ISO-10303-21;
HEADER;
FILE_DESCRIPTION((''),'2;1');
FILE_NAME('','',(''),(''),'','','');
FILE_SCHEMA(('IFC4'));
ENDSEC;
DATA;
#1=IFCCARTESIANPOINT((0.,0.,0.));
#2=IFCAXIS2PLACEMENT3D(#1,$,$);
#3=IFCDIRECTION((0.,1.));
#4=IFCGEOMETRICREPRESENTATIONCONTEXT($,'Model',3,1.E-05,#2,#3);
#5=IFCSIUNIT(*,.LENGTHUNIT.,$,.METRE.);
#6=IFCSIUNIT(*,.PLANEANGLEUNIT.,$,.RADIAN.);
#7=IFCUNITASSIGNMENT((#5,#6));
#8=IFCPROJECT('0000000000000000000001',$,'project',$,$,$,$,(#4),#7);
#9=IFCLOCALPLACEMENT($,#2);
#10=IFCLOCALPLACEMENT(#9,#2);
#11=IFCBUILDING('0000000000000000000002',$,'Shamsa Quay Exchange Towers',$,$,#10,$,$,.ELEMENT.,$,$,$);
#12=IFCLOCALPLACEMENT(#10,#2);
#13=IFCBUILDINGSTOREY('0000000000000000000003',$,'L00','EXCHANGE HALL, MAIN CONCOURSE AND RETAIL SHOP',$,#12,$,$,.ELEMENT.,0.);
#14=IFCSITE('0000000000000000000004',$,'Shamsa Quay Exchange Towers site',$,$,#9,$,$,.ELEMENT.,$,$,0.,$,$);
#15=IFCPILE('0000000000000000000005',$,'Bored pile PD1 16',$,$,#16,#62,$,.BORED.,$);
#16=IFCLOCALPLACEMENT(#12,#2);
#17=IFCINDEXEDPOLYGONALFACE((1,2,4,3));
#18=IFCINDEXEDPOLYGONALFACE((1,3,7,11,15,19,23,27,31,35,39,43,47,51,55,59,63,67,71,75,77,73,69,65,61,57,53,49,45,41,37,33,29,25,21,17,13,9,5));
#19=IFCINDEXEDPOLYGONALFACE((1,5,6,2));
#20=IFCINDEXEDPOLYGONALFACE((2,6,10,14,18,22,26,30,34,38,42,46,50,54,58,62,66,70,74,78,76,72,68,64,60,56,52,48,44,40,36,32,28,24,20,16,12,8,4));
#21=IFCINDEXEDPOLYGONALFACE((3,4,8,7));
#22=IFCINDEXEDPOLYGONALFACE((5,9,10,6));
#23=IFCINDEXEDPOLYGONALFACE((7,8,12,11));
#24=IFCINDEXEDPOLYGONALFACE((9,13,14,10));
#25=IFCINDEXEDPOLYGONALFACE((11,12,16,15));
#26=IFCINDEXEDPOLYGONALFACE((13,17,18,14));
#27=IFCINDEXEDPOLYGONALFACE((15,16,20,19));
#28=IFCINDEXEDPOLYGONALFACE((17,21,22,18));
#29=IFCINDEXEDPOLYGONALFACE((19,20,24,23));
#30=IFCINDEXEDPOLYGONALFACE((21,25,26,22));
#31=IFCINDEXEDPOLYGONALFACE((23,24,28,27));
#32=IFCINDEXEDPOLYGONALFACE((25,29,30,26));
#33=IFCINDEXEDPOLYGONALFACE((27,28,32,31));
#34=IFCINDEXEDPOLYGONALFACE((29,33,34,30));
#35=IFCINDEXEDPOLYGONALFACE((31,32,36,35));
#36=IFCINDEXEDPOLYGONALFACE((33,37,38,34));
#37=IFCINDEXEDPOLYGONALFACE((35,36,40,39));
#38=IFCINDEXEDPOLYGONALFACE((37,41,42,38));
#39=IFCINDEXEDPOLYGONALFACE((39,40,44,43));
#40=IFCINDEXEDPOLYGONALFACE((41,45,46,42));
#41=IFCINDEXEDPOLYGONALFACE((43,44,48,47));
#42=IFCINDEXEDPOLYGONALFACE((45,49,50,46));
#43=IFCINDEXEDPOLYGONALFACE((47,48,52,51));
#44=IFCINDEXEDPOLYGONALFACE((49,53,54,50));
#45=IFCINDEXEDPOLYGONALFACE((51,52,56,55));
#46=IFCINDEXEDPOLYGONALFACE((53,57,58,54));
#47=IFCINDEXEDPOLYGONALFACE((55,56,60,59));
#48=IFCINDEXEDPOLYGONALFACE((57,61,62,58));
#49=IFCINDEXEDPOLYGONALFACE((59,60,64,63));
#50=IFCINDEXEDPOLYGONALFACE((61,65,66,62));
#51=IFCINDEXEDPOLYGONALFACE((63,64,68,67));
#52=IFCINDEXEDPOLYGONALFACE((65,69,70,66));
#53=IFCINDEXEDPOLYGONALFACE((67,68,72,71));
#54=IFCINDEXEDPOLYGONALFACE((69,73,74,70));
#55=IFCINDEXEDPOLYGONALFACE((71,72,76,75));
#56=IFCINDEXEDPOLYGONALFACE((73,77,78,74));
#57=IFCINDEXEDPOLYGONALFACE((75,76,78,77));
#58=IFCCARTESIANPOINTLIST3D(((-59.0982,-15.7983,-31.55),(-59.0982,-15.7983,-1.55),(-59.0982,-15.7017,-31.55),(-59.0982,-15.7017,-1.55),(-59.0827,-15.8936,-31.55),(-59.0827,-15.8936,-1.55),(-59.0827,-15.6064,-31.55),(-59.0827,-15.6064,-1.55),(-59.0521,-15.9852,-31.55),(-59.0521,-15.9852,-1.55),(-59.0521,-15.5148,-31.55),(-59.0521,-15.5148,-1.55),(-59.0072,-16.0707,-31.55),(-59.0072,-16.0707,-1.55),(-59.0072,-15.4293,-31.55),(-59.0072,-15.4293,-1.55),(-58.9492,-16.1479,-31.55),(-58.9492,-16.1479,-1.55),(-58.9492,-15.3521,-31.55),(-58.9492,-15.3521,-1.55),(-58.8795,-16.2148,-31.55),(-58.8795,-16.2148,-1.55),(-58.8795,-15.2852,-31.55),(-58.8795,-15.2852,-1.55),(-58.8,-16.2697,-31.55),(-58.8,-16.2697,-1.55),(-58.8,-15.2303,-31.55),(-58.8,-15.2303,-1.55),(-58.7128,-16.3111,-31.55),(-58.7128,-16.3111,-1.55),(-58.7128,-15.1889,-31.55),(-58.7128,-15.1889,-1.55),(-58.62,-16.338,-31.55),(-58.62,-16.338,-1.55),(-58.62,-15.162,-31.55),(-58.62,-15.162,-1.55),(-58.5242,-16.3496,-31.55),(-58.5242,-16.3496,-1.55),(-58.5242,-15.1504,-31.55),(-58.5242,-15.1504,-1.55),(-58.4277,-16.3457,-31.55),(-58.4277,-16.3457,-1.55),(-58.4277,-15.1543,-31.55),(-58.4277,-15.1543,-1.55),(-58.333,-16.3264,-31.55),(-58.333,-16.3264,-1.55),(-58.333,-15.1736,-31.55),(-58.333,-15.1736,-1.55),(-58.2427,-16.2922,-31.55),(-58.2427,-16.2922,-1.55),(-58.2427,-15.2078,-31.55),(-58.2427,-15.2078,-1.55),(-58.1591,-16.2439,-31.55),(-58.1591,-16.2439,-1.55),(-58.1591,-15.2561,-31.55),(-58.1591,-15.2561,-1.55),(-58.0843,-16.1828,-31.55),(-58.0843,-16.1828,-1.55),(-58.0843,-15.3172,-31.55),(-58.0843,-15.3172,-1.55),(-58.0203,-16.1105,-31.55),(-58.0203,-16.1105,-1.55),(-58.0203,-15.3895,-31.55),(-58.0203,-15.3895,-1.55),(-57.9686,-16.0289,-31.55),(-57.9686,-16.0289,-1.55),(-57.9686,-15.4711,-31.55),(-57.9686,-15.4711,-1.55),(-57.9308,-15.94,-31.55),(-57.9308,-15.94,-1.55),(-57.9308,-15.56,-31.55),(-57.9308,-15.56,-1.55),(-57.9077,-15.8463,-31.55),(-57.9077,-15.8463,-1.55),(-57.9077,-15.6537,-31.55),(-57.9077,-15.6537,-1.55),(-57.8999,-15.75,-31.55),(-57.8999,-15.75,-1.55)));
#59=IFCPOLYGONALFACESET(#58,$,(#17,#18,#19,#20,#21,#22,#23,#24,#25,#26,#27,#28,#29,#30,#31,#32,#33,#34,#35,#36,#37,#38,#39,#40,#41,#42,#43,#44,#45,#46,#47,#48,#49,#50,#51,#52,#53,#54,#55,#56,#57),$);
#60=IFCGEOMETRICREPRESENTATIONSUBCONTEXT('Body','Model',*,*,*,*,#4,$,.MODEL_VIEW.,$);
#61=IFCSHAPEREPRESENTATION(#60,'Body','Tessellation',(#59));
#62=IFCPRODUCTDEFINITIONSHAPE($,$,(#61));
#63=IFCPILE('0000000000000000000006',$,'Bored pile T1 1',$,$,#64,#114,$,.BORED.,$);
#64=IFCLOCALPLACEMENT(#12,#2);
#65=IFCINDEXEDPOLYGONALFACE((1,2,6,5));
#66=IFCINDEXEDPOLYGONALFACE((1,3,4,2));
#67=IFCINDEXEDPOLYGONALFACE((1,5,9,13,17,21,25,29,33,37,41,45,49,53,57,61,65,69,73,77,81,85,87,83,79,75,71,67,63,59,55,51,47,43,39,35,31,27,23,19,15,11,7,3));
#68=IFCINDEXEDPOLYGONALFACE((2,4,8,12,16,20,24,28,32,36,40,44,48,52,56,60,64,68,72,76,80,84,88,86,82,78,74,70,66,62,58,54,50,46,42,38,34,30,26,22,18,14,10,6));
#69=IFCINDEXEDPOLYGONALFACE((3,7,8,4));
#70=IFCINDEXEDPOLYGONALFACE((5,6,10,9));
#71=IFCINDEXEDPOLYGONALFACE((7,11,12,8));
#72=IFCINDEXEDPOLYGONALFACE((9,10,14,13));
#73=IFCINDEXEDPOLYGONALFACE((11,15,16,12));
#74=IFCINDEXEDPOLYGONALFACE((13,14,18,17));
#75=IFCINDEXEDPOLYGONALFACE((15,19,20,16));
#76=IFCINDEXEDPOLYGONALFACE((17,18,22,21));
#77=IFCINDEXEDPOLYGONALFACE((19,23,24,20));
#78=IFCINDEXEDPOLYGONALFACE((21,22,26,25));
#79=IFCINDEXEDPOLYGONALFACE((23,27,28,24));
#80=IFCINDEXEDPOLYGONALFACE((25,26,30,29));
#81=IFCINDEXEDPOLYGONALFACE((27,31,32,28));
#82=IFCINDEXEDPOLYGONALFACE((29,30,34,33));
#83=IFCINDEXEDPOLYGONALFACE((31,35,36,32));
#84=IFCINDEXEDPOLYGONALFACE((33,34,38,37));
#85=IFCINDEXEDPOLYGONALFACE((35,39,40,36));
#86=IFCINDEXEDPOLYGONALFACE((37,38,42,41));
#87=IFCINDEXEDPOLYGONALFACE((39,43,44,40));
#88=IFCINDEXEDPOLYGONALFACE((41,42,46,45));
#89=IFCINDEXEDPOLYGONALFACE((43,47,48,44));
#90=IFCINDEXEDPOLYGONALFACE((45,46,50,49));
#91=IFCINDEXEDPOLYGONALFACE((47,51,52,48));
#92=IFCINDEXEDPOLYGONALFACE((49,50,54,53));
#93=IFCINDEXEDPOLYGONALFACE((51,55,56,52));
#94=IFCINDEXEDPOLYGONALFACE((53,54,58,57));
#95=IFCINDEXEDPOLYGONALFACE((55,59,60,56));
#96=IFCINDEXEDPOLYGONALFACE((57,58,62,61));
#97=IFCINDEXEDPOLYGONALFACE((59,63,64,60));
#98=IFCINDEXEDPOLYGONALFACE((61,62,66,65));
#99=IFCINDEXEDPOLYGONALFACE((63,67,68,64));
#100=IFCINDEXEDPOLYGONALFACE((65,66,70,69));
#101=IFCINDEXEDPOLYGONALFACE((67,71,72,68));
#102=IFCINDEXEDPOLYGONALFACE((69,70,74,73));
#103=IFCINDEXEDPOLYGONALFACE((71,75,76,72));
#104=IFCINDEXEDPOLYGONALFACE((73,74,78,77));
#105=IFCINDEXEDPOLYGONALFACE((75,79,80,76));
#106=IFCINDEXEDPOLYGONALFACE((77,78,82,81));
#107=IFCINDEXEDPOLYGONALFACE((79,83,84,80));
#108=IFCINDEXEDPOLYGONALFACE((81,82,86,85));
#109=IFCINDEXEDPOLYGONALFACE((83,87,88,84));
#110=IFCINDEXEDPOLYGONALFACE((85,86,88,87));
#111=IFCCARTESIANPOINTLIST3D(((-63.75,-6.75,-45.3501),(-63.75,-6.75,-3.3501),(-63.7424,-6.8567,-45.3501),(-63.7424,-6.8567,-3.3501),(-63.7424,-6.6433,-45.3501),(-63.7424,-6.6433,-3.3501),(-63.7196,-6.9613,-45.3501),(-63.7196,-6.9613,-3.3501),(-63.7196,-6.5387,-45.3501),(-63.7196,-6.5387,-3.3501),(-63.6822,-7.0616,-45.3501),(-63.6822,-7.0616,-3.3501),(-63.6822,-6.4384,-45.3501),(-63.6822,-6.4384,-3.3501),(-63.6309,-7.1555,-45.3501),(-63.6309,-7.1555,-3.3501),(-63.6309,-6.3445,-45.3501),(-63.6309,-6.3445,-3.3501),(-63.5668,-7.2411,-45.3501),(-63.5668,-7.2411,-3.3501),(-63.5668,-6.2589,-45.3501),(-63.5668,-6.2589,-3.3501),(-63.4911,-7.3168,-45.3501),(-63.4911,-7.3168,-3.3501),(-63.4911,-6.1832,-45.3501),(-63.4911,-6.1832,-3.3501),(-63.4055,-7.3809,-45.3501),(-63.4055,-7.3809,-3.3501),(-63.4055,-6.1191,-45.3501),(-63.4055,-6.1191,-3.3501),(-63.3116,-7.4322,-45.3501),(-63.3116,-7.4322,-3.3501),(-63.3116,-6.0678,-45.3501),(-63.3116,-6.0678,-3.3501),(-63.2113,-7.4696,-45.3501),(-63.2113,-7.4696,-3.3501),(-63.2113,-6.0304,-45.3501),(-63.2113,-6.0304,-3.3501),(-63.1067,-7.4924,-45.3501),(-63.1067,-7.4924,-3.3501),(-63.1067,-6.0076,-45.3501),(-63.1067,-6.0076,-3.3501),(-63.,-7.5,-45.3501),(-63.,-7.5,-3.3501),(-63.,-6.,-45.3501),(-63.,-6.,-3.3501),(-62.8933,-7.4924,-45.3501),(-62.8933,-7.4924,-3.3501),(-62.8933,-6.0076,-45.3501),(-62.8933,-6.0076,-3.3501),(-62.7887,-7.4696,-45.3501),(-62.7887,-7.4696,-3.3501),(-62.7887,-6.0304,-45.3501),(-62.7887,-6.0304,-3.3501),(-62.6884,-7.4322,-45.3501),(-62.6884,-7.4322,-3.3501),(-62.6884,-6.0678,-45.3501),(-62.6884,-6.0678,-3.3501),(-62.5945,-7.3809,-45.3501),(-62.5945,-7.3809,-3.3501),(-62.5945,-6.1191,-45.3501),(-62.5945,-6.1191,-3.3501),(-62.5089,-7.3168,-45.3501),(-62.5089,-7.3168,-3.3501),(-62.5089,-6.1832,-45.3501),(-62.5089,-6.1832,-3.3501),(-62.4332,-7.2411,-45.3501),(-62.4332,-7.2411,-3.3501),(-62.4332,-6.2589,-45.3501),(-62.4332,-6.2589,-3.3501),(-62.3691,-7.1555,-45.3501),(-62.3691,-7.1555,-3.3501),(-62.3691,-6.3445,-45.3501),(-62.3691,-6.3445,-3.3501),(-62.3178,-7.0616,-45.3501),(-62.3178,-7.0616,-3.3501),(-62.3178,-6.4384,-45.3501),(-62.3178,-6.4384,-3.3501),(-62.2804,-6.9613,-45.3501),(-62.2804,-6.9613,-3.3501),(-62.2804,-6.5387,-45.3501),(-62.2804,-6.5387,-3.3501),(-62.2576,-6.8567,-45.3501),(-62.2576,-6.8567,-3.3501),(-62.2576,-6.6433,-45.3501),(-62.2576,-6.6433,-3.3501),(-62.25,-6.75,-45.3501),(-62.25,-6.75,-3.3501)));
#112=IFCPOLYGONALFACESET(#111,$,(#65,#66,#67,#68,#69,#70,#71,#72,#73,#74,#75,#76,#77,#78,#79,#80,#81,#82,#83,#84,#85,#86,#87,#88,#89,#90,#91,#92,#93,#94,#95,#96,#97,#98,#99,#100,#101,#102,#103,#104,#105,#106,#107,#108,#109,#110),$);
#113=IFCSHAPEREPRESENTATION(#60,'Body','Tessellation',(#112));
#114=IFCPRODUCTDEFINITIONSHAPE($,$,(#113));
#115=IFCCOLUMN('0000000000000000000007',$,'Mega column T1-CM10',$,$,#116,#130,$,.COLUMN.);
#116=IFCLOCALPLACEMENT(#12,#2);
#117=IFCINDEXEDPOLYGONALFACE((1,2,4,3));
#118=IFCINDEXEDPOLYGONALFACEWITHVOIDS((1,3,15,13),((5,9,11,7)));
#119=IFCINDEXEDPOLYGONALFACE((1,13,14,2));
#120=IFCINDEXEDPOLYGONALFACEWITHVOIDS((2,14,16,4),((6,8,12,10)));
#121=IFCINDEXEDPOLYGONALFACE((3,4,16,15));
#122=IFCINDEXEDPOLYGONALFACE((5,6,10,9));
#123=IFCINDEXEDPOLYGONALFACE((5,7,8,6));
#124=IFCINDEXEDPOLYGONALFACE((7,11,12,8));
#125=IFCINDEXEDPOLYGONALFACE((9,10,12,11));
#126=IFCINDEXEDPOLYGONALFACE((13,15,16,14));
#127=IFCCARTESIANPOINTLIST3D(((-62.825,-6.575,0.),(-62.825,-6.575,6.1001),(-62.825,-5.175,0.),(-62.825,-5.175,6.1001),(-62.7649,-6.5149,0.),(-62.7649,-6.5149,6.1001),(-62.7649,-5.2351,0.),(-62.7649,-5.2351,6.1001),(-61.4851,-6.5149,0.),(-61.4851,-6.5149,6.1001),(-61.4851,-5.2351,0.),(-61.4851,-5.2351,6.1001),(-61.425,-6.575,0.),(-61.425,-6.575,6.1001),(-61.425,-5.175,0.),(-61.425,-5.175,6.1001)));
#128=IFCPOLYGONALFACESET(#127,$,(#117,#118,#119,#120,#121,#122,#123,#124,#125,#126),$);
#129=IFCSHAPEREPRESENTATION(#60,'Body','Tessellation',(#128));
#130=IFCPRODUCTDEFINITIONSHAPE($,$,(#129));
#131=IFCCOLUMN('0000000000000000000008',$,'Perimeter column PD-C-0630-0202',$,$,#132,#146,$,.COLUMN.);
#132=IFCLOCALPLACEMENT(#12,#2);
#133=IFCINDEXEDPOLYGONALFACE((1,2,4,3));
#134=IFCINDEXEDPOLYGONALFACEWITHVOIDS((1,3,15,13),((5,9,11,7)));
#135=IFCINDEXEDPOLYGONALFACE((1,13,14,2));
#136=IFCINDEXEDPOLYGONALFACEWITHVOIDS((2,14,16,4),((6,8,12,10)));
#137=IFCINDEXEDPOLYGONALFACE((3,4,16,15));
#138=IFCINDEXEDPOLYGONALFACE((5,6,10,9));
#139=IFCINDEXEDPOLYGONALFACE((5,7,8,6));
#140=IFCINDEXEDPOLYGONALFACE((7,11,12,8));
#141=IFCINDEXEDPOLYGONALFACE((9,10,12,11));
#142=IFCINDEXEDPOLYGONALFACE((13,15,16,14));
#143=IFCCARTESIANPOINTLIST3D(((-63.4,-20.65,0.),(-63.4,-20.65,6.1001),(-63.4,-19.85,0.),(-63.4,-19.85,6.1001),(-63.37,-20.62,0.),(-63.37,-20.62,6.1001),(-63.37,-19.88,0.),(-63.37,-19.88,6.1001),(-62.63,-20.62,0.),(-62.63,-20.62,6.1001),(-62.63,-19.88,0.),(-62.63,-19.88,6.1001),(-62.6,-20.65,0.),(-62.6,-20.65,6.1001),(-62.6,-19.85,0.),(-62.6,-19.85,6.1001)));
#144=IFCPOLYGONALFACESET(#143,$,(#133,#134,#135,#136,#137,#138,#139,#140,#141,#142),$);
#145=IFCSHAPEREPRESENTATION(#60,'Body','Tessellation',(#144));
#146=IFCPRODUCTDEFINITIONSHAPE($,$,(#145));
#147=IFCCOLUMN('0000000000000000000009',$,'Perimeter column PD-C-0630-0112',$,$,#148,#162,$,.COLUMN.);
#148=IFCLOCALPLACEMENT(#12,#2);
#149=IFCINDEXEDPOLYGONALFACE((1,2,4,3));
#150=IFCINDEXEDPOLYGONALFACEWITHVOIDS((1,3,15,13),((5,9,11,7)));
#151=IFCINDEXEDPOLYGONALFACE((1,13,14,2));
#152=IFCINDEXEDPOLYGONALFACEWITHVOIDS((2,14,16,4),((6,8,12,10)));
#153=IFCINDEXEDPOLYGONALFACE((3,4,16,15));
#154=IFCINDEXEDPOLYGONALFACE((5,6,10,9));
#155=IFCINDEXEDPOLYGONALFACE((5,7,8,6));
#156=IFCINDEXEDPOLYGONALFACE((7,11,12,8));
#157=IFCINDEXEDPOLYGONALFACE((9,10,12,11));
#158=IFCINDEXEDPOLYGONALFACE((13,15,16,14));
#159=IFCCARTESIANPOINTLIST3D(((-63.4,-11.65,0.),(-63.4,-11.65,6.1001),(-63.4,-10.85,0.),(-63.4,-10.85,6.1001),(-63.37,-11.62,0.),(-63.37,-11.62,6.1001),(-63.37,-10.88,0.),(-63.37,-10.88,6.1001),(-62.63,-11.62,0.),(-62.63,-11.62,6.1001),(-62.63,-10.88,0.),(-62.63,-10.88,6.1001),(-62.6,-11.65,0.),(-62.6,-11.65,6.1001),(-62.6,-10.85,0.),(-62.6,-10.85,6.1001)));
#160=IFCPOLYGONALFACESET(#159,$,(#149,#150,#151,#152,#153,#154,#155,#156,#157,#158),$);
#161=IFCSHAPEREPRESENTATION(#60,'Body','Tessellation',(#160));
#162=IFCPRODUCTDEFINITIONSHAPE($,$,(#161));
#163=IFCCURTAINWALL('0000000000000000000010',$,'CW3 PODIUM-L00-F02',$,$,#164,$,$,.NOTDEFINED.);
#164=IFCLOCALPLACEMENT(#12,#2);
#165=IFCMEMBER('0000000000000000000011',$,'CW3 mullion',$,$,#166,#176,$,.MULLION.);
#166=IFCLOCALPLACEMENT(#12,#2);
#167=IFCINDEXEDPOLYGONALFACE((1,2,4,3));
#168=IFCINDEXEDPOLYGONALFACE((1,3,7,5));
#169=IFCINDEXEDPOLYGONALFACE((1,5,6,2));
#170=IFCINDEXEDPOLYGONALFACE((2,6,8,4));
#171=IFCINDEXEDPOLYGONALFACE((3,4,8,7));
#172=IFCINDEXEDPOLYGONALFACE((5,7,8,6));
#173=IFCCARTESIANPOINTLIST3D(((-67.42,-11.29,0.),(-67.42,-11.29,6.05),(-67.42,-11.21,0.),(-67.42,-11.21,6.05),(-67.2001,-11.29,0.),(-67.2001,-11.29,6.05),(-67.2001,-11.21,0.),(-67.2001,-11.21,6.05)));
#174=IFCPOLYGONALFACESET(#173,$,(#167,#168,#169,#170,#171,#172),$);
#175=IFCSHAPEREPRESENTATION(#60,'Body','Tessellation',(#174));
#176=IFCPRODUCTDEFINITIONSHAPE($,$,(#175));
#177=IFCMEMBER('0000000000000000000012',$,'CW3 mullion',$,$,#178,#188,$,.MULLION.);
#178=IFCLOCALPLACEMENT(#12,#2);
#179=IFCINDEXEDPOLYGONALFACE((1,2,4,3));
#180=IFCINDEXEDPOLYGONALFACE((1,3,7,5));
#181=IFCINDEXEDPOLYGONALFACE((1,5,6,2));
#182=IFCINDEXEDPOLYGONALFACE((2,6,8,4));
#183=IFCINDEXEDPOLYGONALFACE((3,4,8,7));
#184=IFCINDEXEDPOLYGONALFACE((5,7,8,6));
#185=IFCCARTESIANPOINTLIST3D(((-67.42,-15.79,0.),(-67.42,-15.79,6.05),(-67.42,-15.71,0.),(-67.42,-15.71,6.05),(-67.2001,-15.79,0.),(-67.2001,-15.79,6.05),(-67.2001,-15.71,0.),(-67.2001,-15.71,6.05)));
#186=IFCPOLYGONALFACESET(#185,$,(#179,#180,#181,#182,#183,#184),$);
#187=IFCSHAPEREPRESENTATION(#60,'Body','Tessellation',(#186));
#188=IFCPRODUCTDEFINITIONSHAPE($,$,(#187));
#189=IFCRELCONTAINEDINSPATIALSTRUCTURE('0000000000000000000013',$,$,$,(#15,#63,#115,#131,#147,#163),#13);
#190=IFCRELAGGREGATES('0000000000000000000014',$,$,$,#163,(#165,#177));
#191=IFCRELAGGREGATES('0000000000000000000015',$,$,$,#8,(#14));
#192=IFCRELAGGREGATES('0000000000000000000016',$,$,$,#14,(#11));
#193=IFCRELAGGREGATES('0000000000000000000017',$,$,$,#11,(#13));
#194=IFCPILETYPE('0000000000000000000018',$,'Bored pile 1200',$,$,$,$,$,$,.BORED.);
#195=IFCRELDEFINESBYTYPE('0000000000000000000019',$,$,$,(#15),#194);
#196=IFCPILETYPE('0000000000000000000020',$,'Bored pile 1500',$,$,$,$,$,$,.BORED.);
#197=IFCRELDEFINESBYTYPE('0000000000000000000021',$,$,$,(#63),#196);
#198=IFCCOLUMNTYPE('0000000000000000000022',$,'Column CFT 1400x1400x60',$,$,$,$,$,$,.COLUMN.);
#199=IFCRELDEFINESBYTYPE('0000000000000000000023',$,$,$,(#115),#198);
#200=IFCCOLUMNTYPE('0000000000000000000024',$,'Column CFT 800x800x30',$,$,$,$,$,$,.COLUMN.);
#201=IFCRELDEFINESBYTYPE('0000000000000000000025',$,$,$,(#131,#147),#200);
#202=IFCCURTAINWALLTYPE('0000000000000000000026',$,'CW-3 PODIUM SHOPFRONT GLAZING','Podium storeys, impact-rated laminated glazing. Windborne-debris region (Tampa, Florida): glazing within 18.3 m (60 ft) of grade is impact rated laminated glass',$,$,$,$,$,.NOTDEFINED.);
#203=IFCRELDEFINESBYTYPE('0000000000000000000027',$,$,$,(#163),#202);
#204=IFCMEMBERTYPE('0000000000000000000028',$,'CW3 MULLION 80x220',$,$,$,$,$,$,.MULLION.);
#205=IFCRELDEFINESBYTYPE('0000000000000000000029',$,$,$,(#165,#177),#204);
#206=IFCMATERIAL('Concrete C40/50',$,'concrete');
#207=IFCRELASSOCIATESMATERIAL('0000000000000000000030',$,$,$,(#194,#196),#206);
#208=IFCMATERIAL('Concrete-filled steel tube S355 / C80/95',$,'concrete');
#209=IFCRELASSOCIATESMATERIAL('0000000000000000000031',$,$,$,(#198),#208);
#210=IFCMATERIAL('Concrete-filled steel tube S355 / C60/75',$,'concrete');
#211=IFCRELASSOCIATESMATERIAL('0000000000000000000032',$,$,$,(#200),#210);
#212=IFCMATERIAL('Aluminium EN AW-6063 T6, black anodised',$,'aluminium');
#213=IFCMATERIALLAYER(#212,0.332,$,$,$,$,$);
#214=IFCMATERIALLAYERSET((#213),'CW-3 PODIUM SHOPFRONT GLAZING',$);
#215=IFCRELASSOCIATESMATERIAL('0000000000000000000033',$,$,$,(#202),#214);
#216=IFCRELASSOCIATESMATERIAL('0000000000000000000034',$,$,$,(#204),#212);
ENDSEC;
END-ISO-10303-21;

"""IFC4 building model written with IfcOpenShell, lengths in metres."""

from ifc_helpers import new_model, si_unit, direction, frame, origin, origin_2d, place, context, subcontext, project, spatial, rectangle, hollow_rectangle, circle, extrude, material, layer, layer_set, material_profile, profile_set, type_object, element, aggregate, save


model = new_model("IFC4")

# Units and contexts
model_context = context("Model", 3, precision=1e-05, world=origin(), true_north=direction((0.0, 1.0)))
body_context = subcontext(model_context, "Body", "Model", "MODEL_VIEW")
ifc_project = project(units=[si_unit("LENGTHUNIT", "METRE"), si_unit("PLANEANGLEUNIT", "RADIAN")], contexts=[model_context])

# Site, building, storey
site_placement = place(None, origin())
site = spatial("IfcSite", under=ifc_project, at=site_placement, Name="Shamsa Quay Exchange Towers site", CompositionType="ELEMENT", RefElevation=0.0)
building_placement = place(site_placement, origin())
building = spatial("IfcBuilding", under=site, at=building_placement, Name="Shamsa Quay Exchange Towers", CompositionType="ELEMENT")
storey_placement = place(building_placement, origin())
storey = spatial("IfcBuildingStorey", under=building, at=storey_placement, Name="L00", Description="EXCHANGE HALL, MAIN CONCOURSE AND RETAIL SHOP", CompositionType="ELEMENT", Elevation=0.0)

# Piles
ifc_material_1 = material(Name="Concrete C40/50", Category="concrete")
ifc_material_profile_1 = material_profile(ifc_material_1, circle(Radius=0.6001, at=origin_2d()), Name="BP1200")
ifc_profile_set_1 = profile_set([ifc_material_profile_1], Name="Concrete C40/50")
pile_type_1 = type_object("IfcPileType", Name="Bored pile 1200", PredefinedType="BORED", material=ifc_profile_set_1)
for number, where, z_axis, x_axis, name in (
    (1, (-58.5, -15.75, -1.55), (0.0, 0.0, -1.0), (1.0, 0.0, 0.0), "Bored pile PD1 16"),
):
    element("IfcPile", number, at=place(storey_placement, frame(where, z_axis=z_axis, x_axis=x_axis)), inside=storey, type_object=pile_type_1, Name=name, PredefinedType="BORED", context=body_context, shape_type="SweptSolid", body=[
        extrude(circle(Radius=0.6001, at=origin_2d()), origin(), (0.0, 0.0, 1.0), 30.0),
    ])
ifc_material_profile_2 = material_profile(ifc_material_1, circle(Radius=0.75, at=origin_2d()), Name="BP1500")
ifc_profile_set_2 = profile_set([ifc_material_profile_2], Name="Concrete C40/50")
pile_type_2 = type_object("IfcPileType", Name="Bored pile 1500", PredefinedType="BORED", material=ifc_profile_set_2)
pile_placement = place(storey_placement, frame((-63.0, -6.75, -3.3501), z_axis=(0.0, 0.0, -1.0), x_axis=(1.0, 0.0, 0.0)))
element("IfcPile", 2, at=pile_placement, inside=storey, type_object=pile_type_2, Name="Bored pile T1 1", PredefinedType="BORED", context=body_context, shape_type="SweptSolid", body=[
    extrude(circle(Radius=0.75, at=origin_2d()), origin(), (0.0, 0.0, 1.0), 42.0),
])

# Columns
ifc_material_2 = material(Name="Concrete-filled steel tube S355 / C80/95", Category="concrete")
ifc_material_profile_3 = material_profile(ifc_material_2, hollow_rectangle(XDim=1.3999, YDim=1.3999, WallThickness=0.0601, at=origin_2d()), Name="CFT 1400x1400x60")
ifc_profile_set_3 = profile_set([ifc_material_profile_3], Name="Concrete-filled steel tube S355 / C80/95")
column_type_1 = type_object("IfcColumnType", Name="Column CFT 1400x1400x60", PredefinedType="COLUMN", material=ifc_profile_set_3)
column_placement = place(storey_placement, frame((-62.125, -5.875, 0.0)))
element("IfcColumn", 3, at=column_placement, inside=storey, type_object=column_type_1, Name="Mega column T1-CM10", PredefinedType="COLUMN", context=body_context, shape_type="SweptSolid", body=[
    extrude(hollow_rectangle(XDim=1.3999, YDim=1.3999, WallThickness=0.0601, at=origin_2d()), origin(), (0.0, 0.0, 1.0), 6.1001),
])
ifc_material_3 = material(Name="Concrete-filled steel tube S355 / C60/75", Category="concrete")
ifc_material_profile_4 = material_profile(ifc_material_3, hollow_rectangle(XDim=0.8, YDim=0.8, WallThickness=0.03, at=origin_2d()), Name="CFT 800x800x30")
ifc_profile_set_4 = profile_set([ifc_material_profile_4], Name="Concrete-filled steel tube S355 / C60/75")
column_type_2 = type_object("IfcColumnType", Name="Column CFT 800x800x30", PredefinedType="COLUMN", material=ifc_profile_set_4)
for number, where, name in (
    (4, (-63.0, -20.25, 0.0), "Perimeter column PD-C-0630-0202"),
    (5, (-63.0, -11.25, 0.0), "Perimeter column PD-C-0630-0112"),
):
    element("IfcColumn", number, at=place(storey_placement, frame(where)), inside=storey, type_object=column_type_2, Name=name, PredefinedType="COLUMN", context=body_context, shape_type="SweptSolid", body=[
        extrude(hollow_rectangle(XDim=0.8, YDim=0.8, WallThickness=0.03, at=origin_2d()), origin(), (0.0, 0.0, 1.0), 6.1001),
    ])

# Curtain wall, members
ifc_material_4 = material(Name="Aluminium EN AW-6063 T6, black anodised", Category="aluminium")
ifc_layer_1 = layer(ifc_material_4, 0.332)
ifc_layer_set_1 = layer_set([ifc_layer_1], Name="CW-3 PODIUM SHOPFRONT GLAZING")
curtain_wall_type = type_object("IfcCurtainWallType", Name="CW-3 PODIUM SHOPFRONT GLAZING", Description="Podium storeys, impact-rated laminated glazing. Windborne-debris region (Tampa, Florida): glazing within 18.3 m (60 ft) of grade is impact rated laminated glass", PredefinedType="NOTDEFINED", material=ifc_layer_set_1)
curtain_wall_placement = place(storey_placement, origin())
curtain_wall = element("IfcCurtainWall", 6, at=curtain_wall_placement, inside=storey, type_object=curtain_wall_type, Name="CW3 PODIUM-L00-F02", PredefinedType="NOTDEFINED")
ifc_material_profile_5 = material_profile(ifc_material_4, rectangle(XDim=0.22, YDim=0.0801, at=origin_2d()), Name="MU80x220")
ifc_profile_set_5 = profile_set([ifc_material_profile_5], Name="Aluminium EN AW-6063 T6, black anodised")
member_type_1 = type_object("IfcMemberType", Name="CW3 MULLION 80x220", PredefinedType="MULLION", material=ifc_profile_set_5)
member_1_placement = place(storey_placement, frame((-67.3101, -11.25, 0.0)))
member_1 = element("IfcMember", 7, at=member_1_placement, type_object=member_type_1, Name="CW3 mullion", PredefinedType="MULLION", context=body_context, shape_type="SweptSolid", body=[
    extrude(rectangle(XDim=0.22, YDim=0.0801, at=origin_2d()), origin(), (0.0, 0.0, 1.0), 6.05),
])
member_2_placement = place(storey_placement, frame((-67.3101, -15.75, 0.0)))
member_2 = element("IfcMember", 8, at=member_2_placement, type_object=member_type_1, Name="CW3 mullion", PredefinedType="MULLION", context=body_context, shape_type="SweptSolid", body=[
    extrude(rectangle(XDim=0.22, YDim=0.0801, at=origin_2d()), origin(), (0.0, 0.0, 1.0), 6.05),
])
aggregate(curtain_wall, [member_1, member_2])

save(model, "model.ifc")
